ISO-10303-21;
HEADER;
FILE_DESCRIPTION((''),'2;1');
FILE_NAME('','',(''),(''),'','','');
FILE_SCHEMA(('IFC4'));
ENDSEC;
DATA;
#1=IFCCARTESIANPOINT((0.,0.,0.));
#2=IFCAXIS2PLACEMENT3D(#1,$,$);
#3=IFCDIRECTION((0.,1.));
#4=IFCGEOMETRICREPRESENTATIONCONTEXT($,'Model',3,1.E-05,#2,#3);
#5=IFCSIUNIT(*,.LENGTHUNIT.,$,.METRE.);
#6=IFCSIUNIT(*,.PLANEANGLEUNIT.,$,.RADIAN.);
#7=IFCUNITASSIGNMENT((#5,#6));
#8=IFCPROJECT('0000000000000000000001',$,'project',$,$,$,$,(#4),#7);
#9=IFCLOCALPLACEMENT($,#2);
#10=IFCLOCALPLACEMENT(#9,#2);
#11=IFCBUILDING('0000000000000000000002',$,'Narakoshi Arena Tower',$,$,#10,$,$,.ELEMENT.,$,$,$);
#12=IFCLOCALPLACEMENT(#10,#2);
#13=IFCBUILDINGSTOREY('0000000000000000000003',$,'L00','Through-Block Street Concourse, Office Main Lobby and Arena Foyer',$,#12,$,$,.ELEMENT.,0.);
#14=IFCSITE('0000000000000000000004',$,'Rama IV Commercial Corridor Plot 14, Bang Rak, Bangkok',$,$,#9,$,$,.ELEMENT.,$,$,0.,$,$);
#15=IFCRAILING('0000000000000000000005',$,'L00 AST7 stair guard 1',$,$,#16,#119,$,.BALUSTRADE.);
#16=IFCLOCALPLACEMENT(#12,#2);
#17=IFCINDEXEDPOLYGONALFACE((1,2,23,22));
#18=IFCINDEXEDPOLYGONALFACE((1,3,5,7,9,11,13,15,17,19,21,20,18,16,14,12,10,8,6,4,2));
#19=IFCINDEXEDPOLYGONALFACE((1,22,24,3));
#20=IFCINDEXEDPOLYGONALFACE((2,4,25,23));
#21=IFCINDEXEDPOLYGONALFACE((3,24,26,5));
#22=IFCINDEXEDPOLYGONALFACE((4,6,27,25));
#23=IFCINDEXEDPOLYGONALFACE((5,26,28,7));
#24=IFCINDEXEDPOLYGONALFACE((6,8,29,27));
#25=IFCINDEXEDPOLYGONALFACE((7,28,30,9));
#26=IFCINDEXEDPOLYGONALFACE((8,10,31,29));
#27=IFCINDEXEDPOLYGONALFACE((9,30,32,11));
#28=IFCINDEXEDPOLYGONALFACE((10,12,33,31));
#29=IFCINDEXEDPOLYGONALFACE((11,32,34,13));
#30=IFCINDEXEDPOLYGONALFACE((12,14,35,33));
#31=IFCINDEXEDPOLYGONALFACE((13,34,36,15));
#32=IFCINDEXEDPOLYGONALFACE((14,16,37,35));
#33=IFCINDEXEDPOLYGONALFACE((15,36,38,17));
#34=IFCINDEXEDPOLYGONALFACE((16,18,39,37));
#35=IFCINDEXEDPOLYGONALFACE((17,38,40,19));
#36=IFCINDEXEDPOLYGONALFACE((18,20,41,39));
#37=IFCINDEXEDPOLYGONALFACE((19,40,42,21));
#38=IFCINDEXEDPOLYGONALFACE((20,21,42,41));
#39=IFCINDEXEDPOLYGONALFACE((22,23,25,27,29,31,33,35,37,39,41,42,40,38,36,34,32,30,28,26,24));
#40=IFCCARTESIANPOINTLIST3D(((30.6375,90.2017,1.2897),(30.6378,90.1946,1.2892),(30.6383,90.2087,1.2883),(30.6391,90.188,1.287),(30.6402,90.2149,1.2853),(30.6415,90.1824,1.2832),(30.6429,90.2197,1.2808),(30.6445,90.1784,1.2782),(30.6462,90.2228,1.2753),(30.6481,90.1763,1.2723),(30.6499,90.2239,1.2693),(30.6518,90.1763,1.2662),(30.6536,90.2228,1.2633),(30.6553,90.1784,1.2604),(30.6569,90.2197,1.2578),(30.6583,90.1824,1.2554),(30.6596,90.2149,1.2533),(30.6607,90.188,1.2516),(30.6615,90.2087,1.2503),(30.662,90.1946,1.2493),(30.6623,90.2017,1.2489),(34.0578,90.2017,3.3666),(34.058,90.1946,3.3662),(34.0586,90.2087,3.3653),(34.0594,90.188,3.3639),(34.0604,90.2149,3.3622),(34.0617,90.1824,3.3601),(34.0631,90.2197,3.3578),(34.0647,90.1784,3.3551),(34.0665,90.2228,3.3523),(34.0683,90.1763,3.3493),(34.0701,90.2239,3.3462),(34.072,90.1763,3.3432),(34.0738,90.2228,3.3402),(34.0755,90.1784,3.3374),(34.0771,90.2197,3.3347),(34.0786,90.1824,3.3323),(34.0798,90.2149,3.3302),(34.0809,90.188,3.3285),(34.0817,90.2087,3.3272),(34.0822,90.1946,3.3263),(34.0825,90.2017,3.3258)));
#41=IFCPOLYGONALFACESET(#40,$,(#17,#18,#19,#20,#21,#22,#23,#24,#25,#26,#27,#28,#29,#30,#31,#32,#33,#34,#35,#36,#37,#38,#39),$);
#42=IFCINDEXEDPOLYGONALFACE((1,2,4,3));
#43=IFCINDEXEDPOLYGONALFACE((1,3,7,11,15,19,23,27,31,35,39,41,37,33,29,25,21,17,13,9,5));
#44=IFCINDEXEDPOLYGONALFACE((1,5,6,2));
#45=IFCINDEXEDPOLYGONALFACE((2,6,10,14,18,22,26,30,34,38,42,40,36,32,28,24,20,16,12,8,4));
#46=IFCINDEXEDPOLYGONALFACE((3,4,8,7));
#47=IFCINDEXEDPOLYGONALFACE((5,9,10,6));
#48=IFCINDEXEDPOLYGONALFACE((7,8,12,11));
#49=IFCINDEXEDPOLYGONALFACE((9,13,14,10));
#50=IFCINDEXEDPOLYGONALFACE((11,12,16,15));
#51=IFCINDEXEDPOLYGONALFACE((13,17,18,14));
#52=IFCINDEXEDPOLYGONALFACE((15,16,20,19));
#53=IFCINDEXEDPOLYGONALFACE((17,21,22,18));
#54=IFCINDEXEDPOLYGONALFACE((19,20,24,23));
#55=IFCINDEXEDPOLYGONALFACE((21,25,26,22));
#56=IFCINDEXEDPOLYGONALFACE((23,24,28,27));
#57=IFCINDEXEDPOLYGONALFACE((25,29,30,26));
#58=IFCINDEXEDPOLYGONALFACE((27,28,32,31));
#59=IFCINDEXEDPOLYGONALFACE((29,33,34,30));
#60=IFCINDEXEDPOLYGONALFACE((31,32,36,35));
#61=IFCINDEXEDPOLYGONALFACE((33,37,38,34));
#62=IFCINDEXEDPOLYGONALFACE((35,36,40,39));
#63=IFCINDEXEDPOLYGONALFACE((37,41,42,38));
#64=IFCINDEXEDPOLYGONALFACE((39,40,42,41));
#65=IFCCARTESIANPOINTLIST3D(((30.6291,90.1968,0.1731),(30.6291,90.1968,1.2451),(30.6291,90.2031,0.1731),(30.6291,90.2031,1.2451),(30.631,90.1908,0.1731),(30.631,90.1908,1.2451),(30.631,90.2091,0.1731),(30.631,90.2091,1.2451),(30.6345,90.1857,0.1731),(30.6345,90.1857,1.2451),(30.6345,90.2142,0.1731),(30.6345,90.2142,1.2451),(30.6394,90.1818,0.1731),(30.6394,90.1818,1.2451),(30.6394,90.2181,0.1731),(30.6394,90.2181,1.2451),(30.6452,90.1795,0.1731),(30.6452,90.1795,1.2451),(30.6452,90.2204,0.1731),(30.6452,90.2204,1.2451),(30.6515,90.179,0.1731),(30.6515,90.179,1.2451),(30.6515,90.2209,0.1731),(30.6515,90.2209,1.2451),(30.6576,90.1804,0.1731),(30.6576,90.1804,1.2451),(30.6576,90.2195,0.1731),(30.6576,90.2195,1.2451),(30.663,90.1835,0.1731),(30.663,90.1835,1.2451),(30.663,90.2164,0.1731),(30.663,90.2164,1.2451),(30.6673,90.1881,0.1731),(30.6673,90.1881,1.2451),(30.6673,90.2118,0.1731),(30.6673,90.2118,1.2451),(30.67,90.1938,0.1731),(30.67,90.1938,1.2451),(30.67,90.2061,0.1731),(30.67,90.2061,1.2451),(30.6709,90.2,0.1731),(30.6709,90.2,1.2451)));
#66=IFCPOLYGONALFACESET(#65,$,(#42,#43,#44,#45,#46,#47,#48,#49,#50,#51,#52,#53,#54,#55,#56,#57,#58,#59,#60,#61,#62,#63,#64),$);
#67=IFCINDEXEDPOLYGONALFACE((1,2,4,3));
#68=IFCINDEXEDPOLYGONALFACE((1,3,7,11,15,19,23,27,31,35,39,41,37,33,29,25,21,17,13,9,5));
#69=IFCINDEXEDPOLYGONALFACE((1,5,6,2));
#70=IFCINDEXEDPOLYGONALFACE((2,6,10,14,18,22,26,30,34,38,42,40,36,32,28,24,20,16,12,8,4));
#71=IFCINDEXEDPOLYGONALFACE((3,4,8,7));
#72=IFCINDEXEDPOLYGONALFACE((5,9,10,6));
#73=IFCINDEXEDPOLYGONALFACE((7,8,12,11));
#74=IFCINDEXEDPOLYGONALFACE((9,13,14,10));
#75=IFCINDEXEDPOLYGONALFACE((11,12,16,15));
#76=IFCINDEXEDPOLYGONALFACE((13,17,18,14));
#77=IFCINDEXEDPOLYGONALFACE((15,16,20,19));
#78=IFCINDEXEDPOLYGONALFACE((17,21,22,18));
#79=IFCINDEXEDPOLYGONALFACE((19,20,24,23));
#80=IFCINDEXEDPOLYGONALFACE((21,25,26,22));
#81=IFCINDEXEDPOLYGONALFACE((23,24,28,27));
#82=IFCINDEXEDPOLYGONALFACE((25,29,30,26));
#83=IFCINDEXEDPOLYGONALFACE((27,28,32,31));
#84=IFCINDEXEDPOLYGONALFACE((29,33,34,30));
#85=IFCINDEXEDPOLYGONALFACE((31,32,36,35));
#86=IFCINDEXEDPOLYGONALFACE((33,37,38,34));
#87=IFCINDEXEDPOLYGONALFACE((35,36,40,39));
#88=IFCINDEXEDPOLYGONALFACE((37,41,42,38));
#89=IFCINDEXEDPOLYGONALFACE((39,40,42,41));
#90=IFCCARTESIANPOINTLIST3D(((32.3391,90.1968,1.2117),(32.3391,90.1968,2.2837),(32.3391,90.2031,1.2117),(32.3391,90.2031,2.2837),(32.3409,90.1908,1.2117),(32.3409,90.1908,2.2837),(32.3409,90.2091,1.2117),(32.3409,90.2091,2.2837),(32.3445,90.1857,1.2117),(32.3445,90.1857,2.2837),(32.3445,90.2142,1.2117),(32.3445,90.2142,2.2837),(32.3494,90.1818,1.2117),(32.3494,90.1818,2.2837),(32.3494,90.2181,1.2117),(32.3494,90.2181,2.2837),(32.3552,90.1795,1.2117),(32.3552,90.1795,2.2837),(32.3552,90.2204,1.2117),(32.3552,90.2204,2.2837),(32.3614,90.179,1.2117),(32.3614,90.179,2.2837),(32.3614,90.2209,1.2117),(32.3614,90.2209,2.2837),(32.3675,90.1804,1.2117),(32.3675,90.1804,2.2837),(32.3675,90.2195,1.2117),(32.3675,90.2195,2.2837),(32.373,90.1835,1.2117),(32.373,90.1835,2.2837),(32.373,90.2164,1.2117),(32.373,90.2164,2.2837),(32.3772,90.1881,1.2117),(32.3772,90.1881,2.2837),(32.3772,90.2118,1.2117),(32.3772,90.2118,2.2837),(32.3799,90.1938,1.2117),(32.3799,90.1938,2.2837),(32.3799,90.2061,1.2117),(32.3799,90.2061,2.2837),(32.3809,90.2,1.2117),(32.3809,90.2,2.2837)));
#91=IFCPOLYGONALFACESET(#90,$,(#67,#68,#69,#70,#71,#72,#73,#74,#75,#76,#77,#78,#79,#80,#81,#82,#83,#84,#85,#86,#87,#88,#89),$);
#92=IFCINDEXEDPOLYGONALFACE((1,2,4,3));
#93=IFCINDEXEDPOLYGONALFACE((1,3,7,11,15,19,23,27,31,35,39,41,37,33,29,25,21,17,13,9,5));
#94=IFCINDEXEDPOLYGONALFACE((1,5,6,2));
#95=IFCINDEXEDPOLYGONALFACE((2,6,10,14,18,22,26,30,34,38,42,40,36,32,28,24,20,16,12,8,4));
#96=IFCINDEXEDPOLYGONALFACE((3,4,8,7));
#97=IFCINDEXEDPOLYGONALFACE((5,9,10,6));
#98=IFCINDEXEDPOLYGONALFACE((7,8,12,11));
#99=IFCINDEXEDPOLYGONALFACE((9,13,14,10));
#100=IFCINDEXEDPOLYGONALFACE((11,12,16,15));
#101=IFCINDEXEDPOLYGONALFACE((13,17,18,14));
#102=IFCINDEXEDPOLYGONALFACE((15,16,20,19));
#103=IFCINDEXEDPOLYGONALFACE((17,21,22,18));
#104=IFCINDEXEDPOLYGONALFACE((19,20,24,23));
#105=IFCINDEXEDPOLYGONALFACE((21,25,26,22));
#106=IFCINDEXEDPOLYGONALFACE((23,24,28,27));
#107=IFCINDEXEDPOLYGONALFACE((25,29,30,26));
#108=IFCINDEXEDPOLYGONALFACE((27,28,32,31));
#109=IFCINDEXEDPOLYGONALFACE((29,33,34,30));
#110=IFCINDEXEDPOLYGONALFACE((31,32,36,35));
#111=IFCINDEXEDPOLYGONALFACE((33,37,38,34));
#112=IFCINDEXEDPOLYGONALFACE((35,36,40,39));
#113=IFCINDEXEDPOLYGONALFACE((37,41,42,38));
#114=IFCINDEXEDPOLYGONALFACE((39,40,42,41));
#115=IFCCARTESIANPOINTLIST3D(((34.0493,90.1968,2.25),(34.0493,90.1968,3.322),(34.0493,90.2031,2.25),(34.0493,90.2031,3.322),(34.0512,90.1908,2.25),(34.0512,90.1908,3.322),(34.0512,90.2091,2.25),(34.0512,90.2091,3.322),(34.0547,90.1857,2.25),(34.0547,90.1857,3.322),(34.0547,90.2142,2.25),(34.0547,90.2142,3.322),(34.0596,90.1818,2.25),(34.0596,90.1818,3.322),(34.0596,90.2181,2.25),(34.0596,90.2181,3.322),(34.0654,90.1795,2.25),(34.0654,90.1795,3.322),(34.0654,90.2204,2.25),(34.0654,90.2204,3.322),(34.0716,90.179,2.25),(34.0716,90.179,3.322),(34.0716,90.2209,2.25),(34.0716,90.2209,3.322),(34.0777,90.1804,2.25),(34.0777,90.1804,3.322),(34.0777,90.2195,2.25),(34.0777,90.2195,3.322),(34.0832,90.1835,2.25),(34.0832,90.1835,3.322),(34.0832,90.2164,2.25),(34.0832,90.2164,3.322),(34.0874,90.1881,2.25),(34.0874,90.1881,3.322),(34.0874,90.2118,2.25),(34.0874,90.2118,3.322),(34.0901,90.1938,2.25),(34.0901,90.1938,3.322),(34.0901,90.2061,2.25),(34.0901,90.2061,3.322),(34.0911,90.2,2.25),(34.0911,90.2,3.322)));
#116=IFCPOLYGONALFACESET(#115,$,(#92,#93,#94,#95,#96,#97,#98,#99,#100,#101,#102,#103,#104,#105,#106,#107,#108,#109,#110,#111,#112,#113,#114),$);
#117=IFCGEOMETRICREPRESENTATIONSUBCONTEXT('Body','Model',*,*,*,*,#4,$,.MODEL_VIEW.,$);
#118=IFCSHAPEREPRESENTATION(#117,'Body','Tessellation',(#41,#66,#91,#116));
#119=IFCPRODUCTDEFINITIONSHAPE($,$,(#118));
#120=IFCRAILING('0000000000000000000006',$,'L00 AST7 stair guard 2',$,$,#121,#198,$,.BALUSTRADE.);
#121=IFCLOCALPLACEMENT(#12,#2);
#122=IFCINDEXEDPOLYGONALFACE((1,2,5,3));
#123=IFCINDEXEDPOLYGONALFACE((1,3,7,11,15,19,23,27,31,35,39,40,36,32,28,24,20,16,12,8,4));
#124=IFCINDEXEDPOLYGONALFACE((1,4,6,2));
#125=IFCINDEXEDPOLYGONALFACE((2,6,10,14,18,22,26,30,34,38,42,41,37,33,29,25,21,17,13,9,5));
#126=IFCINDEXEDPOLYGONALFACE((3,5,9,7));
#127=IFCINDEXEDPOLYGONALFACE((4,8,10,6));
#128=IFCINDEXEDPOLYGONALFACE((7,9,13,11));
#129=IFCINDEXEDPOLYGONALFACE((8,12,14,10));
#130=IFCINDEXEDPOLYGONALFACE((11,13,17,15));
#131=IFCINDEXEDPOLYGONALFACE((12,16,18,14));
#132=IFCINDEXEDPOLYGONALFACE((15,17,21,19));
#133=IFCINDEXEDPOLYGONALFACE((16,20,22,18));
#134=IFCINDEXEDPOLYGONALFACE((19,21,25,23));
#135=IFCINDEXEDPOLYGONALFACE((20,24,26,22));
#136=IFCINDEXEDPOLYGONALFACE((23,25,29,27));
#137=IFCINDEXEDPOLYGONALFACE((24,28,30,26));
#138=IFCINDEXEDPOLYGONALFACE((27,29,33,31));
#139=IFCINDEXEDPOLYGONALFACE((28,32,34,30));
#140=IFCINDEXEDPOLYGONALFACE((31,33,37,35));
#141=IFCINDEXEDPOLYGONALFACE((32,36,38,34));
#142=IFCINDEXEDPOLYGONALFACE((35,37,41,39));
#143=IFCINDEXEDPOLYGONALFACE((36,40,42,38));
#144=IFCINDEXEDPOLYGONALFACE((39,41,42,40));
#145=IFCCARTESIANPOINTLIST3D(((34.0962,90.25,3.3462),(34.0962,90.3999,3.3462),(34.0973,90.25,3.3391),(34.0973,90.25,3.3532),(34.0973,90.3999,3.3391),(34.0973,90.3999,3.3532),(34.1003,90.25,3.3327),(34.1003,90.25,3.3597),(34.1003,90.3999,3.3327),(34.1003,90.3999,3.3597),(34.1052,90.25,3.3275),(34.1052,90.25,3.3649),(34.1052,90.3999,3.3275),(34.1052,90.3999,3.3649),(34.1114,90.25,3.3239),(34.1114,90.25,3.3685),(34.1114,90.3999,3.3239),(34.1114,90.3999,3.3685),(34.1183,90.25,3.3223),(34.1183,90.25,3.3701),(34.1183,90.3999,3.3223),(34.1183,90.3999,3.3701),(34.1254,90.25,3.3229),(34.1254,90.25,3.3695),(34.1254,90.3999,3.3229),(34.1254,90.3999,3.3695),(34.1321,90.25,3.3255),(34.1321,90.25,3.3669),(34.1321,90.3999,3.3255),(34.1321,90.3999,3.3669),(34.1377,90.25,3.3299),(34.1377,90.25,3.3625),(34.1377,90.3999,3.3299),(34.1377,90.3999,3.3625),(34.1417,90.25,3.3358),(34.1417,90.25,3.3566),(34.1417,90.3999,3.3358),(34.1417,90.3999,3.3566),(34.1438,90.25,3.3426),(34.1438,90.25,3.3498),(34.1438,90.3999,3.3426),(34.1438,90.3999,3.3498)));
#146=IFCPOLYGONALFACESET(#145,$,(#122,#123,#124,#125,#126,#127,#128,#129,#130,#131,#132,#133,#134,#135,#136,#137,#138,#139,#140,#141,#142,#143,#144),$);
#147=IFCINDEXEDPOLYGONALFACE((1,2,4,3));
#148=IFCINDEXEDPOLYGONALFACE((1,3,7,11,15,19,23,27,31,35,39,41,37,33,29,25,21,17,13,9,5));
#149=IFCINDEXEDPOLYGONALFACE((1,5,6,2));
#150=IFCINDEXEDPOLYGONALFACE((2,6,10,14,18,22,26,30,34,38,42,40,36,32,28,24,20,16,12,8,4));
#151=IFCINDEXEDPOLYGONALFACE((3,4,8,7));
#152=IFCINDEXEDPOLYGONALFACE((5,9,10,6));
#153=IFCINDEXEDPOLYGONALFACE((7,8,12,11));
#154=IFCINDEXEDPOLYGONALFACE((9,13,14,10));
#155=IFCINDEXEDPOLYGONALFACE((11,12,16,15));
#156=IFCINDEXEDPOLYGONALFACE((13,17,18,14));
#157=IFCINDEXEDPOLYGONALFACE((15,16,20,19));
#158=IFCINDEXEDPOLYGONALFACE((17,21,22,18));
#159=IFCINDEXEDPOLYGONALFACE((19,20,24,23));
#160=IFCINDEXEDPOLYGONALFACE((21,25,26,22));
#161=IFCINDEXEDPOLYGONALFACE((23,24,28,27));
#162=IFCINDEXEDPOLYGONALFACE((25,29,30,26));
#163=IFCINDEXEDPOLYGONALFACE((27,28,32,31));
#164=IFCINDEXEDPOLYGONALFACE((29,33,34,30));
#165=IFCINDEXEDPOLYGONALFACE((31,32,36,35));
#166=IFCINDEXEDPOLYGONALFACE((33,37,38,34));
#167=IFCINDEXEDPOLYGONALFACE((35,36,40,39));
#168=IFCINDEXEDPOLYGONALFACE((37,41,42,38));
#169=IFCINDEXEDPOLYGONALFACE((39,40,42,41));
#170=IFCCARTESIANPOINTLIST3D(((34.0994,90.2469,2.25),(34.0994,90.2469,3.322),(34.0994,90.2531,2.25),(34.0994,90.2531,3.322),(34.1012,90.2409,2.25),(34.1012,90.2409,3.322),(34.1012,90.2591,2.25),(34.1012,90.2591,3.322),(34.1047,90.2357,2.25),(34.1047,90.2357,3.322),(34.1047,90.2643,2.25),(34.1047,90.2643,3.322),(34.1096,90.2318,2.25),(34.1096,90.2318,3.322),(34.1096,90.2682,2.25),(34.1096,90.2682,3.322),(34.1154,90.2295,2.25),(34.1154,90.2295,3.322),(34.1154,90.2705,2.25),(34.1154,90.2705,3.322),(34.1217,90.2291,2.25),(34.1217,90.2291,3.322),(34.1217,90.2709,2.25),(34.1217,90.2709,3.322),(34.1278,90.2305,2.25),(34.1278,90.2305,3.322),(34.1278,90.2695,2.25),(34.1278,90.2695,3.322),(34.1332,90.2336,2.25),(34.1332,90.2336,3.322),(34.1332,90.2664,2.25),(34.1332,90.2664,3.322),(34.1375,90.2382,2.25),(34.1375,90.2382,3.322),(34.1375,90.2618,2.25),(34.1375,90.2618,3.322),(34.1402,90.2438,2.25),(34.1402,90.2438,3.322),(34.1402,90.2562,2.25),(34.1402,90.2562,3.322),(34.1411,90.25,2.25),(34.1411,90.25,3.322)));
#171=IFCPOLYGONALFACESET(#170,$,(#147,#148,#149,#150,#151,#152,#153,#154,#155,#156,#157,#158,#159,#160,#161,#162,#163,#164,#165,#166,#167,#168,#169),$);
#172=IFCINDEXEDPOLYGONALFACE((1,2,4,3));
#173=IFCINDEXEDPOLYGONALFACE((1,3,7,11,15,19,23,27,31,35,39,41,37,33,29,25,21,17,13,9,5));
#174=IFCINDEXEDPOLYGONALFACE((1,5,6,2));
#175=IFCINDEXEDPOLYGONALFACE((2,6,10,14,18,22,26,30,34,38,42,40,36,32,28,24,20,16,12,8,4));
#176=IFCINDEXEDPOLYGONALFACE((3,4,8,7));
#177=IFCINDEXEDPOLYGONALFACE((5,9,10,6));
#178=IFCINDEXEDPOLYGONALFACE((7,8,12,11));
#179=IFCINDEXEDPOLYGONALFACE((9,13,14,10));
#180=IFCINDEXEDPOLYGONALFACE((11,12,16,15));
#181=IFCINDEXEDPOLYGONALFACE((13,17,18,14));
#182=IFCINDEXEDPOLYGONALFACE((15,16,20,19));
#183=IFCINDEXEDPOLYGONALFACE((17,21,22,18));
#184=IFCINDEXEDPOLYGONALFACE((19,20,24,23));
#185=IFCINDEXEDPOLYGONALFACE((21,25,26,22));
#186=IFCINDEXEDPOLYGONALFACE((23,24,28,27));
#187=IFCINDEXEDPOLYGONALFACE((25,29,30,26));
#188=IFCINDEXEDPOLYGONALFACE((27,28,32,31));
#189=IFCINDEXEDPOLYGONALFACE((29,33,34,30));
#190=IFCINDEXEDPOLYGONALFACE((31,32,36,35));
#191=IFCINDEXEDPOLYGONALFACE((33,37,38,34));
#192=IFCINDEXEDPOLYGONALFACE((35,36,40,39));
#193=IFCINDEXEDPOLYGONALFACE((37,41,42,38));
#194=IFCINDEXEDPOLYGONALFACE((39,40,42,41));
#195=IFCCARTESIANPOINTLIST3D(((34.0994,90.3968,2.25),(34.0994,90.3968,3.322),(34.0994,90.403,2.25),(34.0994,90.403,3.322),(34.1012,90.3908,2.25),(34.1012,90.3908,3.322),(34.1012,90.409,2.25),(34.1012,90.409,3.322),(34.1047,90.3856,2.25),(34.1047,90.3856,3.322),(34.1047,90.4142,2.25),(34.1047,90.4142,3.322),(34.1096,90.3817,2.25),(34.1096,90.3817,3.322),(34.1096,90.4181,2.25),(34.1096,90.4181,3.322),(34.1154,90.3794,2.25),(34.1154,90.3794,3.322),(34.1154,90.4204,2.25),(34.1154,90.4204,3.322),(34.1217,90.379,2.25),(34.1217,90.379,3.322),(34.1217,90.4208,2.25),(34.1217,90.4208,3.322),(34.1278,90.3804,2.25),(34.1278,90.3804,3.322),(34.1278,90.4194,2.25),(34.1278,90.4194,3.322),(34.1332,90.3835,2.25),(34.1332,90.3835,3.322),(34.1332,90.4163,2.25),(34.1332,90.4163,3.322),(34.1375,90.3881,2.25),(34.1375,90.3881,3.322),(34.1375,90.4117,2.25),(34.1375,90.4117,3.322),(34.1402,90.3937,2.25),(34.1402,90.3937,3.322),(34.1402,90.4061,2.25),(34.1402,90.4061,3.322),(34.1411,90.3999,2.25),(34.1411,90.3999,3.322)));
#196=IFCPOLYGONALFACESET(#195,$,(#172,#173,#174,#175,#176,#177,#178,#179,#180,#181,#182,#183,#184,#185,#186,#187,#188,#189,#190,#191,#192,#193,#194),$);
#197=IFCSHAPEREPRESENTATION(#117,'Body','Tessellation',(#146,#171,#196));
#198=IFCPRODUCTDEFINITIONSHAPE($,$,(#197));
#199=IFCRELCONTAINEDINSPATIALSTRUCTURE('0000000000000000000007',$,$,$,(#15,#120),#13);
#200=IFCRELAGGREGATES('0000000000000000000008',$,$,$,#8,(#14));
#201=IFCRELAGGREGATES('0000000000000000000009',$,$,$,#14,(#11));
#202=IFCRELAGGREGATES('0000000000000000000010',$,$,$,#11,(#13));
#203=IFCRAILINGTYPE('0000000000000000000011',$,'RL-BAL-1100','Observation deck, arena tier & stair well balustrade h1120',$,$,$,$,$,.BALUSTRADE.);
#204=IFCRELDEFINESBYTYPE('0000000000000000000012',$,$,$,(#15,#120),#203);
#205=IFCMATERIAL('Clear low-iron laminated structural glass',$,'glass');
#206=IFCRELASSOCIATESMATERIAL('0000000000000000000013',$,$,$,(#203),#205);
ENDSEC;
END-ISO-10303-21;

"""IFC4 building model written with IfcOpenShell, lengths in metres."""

from ifc_helpers import new_model, si_unit, direction, frame, origin, origin_2d, place, context, subcontext, project, spatial, circle, extrude, material, type_object, element, save


model = new_model("IFC4")

# Units and contexts
model_context = context("Model", 3, precision=1e-05, world=origin(), true_north=direction((0.0, 1.0)))
body_context = subcontext(model_context, "Body", "Model", "MODEL_VIEW")
ifc_project = project(units=[si_unit("LENGTHUNIT", "METRE"), si_unit("PLANEANGLEUNIT", "RADIAN")], contexts=[model_context])

# Site, building, storey
site_placement = place(None, origin())
site = spatial("IfcSite", under=ifc_project, at=site_placement, Name="Rama IV Commercial Corridor Plot 14, Bang Rak, Bangkok", CompositionType="ELEMENT", RefElevation=0.0)
building_placement = place(site_placement, origin())
building = spatial("IfcBuilding", under=site, at=building_placement, Name="Narakoshi Arena Tower", CompositionType="ELEMENT")
storey_placement = place(building_placement, origin())
storey = spatial("IfcBuildingStorey", under=building, at=storey_placement, Name="L00", Description="Through-Block Street Concourse, Office Main Lobby and Arena Foyer", CompositionType="ELEMENT", Elevation=0.0)

# Railings
ifc_material_1 = material(Name="Clear low-iron laminated structural glass", Category="glass")
railing_type_1 = type_object("IfcRailingType", Name="RL-BAL-1100", Description="Observation deck, arena tier & stair well balustrade h1120", PredefinedType="BALUSTRADE", material=ifc_material_1)
railing_1_placement = place(storey_placement, frame((30.6499, 90.2, 0.1731)))
element("IfcRailing", 1, at=railing_1_placement, inside=storey, type_object=railing_type_1, Name="L00 AST7 stair guard 1", PredefinedType="BALUSTRADE", context=body_context, shape_type="SweptSolid", body=[
    extrude(circle(Radius=0.0239, at=origin_2d()), frame((0.0, 0.0, 1.0962), z_axis=(0.854746, 0.0, 0.519047), x_axis=(0.0, 1.0, 0.0)), (0.0, 0.0, 1.0), 4.0015),
    extrude(circle(Radius=0.021, at=origin_2d()), origin(), (0.0, 0.0, 1.0), 1.072),
    extrude(circle(Radius=0.021, at=origin_2d()), frame((1.71, 0.0, 1.0386)), (0.0, 0.0, 1.0), 1.072),
    extrude(circle(Radius=0.021, at=origin_2d()), frame((3.4202, 0.0, 2.0769)), (0.0, 0.0, 1.0), 1.072),
])
railing_2_placement = place(storey_placement, frame((34.1201, 90.25, 2.25)))
element("IfcRailing", 2, at=railing_2_placement, inside=storey, type_object=railing_type_1, Name="L00 AST7 stair guard 2", PredefinedType="BALUSTRADE", context=body_context, shape_type="SweptSolid", body=[
    extrude(circle(Radius=0.0239, at=origin_2d()), frame((0.0, 0.0, 1.0962), z_axis=(0.0, 1.0, 0.0), x_axis=(-1.0, 0.0, 0.0)), (0.0, 0.0, 1.0), 0.1499),
    extrude(circle(Radius=0.021, at=origin_2d()), origin(), (0.0, 0.0, 1.0), 1.072),
    extrude(circle(Radius=0.021, at=origin_2d()), frame((0.0, 0.1499, 0.0)), (0.0, 0.0, 1.0), 1.072),
])

save(model, "model.ifc")
